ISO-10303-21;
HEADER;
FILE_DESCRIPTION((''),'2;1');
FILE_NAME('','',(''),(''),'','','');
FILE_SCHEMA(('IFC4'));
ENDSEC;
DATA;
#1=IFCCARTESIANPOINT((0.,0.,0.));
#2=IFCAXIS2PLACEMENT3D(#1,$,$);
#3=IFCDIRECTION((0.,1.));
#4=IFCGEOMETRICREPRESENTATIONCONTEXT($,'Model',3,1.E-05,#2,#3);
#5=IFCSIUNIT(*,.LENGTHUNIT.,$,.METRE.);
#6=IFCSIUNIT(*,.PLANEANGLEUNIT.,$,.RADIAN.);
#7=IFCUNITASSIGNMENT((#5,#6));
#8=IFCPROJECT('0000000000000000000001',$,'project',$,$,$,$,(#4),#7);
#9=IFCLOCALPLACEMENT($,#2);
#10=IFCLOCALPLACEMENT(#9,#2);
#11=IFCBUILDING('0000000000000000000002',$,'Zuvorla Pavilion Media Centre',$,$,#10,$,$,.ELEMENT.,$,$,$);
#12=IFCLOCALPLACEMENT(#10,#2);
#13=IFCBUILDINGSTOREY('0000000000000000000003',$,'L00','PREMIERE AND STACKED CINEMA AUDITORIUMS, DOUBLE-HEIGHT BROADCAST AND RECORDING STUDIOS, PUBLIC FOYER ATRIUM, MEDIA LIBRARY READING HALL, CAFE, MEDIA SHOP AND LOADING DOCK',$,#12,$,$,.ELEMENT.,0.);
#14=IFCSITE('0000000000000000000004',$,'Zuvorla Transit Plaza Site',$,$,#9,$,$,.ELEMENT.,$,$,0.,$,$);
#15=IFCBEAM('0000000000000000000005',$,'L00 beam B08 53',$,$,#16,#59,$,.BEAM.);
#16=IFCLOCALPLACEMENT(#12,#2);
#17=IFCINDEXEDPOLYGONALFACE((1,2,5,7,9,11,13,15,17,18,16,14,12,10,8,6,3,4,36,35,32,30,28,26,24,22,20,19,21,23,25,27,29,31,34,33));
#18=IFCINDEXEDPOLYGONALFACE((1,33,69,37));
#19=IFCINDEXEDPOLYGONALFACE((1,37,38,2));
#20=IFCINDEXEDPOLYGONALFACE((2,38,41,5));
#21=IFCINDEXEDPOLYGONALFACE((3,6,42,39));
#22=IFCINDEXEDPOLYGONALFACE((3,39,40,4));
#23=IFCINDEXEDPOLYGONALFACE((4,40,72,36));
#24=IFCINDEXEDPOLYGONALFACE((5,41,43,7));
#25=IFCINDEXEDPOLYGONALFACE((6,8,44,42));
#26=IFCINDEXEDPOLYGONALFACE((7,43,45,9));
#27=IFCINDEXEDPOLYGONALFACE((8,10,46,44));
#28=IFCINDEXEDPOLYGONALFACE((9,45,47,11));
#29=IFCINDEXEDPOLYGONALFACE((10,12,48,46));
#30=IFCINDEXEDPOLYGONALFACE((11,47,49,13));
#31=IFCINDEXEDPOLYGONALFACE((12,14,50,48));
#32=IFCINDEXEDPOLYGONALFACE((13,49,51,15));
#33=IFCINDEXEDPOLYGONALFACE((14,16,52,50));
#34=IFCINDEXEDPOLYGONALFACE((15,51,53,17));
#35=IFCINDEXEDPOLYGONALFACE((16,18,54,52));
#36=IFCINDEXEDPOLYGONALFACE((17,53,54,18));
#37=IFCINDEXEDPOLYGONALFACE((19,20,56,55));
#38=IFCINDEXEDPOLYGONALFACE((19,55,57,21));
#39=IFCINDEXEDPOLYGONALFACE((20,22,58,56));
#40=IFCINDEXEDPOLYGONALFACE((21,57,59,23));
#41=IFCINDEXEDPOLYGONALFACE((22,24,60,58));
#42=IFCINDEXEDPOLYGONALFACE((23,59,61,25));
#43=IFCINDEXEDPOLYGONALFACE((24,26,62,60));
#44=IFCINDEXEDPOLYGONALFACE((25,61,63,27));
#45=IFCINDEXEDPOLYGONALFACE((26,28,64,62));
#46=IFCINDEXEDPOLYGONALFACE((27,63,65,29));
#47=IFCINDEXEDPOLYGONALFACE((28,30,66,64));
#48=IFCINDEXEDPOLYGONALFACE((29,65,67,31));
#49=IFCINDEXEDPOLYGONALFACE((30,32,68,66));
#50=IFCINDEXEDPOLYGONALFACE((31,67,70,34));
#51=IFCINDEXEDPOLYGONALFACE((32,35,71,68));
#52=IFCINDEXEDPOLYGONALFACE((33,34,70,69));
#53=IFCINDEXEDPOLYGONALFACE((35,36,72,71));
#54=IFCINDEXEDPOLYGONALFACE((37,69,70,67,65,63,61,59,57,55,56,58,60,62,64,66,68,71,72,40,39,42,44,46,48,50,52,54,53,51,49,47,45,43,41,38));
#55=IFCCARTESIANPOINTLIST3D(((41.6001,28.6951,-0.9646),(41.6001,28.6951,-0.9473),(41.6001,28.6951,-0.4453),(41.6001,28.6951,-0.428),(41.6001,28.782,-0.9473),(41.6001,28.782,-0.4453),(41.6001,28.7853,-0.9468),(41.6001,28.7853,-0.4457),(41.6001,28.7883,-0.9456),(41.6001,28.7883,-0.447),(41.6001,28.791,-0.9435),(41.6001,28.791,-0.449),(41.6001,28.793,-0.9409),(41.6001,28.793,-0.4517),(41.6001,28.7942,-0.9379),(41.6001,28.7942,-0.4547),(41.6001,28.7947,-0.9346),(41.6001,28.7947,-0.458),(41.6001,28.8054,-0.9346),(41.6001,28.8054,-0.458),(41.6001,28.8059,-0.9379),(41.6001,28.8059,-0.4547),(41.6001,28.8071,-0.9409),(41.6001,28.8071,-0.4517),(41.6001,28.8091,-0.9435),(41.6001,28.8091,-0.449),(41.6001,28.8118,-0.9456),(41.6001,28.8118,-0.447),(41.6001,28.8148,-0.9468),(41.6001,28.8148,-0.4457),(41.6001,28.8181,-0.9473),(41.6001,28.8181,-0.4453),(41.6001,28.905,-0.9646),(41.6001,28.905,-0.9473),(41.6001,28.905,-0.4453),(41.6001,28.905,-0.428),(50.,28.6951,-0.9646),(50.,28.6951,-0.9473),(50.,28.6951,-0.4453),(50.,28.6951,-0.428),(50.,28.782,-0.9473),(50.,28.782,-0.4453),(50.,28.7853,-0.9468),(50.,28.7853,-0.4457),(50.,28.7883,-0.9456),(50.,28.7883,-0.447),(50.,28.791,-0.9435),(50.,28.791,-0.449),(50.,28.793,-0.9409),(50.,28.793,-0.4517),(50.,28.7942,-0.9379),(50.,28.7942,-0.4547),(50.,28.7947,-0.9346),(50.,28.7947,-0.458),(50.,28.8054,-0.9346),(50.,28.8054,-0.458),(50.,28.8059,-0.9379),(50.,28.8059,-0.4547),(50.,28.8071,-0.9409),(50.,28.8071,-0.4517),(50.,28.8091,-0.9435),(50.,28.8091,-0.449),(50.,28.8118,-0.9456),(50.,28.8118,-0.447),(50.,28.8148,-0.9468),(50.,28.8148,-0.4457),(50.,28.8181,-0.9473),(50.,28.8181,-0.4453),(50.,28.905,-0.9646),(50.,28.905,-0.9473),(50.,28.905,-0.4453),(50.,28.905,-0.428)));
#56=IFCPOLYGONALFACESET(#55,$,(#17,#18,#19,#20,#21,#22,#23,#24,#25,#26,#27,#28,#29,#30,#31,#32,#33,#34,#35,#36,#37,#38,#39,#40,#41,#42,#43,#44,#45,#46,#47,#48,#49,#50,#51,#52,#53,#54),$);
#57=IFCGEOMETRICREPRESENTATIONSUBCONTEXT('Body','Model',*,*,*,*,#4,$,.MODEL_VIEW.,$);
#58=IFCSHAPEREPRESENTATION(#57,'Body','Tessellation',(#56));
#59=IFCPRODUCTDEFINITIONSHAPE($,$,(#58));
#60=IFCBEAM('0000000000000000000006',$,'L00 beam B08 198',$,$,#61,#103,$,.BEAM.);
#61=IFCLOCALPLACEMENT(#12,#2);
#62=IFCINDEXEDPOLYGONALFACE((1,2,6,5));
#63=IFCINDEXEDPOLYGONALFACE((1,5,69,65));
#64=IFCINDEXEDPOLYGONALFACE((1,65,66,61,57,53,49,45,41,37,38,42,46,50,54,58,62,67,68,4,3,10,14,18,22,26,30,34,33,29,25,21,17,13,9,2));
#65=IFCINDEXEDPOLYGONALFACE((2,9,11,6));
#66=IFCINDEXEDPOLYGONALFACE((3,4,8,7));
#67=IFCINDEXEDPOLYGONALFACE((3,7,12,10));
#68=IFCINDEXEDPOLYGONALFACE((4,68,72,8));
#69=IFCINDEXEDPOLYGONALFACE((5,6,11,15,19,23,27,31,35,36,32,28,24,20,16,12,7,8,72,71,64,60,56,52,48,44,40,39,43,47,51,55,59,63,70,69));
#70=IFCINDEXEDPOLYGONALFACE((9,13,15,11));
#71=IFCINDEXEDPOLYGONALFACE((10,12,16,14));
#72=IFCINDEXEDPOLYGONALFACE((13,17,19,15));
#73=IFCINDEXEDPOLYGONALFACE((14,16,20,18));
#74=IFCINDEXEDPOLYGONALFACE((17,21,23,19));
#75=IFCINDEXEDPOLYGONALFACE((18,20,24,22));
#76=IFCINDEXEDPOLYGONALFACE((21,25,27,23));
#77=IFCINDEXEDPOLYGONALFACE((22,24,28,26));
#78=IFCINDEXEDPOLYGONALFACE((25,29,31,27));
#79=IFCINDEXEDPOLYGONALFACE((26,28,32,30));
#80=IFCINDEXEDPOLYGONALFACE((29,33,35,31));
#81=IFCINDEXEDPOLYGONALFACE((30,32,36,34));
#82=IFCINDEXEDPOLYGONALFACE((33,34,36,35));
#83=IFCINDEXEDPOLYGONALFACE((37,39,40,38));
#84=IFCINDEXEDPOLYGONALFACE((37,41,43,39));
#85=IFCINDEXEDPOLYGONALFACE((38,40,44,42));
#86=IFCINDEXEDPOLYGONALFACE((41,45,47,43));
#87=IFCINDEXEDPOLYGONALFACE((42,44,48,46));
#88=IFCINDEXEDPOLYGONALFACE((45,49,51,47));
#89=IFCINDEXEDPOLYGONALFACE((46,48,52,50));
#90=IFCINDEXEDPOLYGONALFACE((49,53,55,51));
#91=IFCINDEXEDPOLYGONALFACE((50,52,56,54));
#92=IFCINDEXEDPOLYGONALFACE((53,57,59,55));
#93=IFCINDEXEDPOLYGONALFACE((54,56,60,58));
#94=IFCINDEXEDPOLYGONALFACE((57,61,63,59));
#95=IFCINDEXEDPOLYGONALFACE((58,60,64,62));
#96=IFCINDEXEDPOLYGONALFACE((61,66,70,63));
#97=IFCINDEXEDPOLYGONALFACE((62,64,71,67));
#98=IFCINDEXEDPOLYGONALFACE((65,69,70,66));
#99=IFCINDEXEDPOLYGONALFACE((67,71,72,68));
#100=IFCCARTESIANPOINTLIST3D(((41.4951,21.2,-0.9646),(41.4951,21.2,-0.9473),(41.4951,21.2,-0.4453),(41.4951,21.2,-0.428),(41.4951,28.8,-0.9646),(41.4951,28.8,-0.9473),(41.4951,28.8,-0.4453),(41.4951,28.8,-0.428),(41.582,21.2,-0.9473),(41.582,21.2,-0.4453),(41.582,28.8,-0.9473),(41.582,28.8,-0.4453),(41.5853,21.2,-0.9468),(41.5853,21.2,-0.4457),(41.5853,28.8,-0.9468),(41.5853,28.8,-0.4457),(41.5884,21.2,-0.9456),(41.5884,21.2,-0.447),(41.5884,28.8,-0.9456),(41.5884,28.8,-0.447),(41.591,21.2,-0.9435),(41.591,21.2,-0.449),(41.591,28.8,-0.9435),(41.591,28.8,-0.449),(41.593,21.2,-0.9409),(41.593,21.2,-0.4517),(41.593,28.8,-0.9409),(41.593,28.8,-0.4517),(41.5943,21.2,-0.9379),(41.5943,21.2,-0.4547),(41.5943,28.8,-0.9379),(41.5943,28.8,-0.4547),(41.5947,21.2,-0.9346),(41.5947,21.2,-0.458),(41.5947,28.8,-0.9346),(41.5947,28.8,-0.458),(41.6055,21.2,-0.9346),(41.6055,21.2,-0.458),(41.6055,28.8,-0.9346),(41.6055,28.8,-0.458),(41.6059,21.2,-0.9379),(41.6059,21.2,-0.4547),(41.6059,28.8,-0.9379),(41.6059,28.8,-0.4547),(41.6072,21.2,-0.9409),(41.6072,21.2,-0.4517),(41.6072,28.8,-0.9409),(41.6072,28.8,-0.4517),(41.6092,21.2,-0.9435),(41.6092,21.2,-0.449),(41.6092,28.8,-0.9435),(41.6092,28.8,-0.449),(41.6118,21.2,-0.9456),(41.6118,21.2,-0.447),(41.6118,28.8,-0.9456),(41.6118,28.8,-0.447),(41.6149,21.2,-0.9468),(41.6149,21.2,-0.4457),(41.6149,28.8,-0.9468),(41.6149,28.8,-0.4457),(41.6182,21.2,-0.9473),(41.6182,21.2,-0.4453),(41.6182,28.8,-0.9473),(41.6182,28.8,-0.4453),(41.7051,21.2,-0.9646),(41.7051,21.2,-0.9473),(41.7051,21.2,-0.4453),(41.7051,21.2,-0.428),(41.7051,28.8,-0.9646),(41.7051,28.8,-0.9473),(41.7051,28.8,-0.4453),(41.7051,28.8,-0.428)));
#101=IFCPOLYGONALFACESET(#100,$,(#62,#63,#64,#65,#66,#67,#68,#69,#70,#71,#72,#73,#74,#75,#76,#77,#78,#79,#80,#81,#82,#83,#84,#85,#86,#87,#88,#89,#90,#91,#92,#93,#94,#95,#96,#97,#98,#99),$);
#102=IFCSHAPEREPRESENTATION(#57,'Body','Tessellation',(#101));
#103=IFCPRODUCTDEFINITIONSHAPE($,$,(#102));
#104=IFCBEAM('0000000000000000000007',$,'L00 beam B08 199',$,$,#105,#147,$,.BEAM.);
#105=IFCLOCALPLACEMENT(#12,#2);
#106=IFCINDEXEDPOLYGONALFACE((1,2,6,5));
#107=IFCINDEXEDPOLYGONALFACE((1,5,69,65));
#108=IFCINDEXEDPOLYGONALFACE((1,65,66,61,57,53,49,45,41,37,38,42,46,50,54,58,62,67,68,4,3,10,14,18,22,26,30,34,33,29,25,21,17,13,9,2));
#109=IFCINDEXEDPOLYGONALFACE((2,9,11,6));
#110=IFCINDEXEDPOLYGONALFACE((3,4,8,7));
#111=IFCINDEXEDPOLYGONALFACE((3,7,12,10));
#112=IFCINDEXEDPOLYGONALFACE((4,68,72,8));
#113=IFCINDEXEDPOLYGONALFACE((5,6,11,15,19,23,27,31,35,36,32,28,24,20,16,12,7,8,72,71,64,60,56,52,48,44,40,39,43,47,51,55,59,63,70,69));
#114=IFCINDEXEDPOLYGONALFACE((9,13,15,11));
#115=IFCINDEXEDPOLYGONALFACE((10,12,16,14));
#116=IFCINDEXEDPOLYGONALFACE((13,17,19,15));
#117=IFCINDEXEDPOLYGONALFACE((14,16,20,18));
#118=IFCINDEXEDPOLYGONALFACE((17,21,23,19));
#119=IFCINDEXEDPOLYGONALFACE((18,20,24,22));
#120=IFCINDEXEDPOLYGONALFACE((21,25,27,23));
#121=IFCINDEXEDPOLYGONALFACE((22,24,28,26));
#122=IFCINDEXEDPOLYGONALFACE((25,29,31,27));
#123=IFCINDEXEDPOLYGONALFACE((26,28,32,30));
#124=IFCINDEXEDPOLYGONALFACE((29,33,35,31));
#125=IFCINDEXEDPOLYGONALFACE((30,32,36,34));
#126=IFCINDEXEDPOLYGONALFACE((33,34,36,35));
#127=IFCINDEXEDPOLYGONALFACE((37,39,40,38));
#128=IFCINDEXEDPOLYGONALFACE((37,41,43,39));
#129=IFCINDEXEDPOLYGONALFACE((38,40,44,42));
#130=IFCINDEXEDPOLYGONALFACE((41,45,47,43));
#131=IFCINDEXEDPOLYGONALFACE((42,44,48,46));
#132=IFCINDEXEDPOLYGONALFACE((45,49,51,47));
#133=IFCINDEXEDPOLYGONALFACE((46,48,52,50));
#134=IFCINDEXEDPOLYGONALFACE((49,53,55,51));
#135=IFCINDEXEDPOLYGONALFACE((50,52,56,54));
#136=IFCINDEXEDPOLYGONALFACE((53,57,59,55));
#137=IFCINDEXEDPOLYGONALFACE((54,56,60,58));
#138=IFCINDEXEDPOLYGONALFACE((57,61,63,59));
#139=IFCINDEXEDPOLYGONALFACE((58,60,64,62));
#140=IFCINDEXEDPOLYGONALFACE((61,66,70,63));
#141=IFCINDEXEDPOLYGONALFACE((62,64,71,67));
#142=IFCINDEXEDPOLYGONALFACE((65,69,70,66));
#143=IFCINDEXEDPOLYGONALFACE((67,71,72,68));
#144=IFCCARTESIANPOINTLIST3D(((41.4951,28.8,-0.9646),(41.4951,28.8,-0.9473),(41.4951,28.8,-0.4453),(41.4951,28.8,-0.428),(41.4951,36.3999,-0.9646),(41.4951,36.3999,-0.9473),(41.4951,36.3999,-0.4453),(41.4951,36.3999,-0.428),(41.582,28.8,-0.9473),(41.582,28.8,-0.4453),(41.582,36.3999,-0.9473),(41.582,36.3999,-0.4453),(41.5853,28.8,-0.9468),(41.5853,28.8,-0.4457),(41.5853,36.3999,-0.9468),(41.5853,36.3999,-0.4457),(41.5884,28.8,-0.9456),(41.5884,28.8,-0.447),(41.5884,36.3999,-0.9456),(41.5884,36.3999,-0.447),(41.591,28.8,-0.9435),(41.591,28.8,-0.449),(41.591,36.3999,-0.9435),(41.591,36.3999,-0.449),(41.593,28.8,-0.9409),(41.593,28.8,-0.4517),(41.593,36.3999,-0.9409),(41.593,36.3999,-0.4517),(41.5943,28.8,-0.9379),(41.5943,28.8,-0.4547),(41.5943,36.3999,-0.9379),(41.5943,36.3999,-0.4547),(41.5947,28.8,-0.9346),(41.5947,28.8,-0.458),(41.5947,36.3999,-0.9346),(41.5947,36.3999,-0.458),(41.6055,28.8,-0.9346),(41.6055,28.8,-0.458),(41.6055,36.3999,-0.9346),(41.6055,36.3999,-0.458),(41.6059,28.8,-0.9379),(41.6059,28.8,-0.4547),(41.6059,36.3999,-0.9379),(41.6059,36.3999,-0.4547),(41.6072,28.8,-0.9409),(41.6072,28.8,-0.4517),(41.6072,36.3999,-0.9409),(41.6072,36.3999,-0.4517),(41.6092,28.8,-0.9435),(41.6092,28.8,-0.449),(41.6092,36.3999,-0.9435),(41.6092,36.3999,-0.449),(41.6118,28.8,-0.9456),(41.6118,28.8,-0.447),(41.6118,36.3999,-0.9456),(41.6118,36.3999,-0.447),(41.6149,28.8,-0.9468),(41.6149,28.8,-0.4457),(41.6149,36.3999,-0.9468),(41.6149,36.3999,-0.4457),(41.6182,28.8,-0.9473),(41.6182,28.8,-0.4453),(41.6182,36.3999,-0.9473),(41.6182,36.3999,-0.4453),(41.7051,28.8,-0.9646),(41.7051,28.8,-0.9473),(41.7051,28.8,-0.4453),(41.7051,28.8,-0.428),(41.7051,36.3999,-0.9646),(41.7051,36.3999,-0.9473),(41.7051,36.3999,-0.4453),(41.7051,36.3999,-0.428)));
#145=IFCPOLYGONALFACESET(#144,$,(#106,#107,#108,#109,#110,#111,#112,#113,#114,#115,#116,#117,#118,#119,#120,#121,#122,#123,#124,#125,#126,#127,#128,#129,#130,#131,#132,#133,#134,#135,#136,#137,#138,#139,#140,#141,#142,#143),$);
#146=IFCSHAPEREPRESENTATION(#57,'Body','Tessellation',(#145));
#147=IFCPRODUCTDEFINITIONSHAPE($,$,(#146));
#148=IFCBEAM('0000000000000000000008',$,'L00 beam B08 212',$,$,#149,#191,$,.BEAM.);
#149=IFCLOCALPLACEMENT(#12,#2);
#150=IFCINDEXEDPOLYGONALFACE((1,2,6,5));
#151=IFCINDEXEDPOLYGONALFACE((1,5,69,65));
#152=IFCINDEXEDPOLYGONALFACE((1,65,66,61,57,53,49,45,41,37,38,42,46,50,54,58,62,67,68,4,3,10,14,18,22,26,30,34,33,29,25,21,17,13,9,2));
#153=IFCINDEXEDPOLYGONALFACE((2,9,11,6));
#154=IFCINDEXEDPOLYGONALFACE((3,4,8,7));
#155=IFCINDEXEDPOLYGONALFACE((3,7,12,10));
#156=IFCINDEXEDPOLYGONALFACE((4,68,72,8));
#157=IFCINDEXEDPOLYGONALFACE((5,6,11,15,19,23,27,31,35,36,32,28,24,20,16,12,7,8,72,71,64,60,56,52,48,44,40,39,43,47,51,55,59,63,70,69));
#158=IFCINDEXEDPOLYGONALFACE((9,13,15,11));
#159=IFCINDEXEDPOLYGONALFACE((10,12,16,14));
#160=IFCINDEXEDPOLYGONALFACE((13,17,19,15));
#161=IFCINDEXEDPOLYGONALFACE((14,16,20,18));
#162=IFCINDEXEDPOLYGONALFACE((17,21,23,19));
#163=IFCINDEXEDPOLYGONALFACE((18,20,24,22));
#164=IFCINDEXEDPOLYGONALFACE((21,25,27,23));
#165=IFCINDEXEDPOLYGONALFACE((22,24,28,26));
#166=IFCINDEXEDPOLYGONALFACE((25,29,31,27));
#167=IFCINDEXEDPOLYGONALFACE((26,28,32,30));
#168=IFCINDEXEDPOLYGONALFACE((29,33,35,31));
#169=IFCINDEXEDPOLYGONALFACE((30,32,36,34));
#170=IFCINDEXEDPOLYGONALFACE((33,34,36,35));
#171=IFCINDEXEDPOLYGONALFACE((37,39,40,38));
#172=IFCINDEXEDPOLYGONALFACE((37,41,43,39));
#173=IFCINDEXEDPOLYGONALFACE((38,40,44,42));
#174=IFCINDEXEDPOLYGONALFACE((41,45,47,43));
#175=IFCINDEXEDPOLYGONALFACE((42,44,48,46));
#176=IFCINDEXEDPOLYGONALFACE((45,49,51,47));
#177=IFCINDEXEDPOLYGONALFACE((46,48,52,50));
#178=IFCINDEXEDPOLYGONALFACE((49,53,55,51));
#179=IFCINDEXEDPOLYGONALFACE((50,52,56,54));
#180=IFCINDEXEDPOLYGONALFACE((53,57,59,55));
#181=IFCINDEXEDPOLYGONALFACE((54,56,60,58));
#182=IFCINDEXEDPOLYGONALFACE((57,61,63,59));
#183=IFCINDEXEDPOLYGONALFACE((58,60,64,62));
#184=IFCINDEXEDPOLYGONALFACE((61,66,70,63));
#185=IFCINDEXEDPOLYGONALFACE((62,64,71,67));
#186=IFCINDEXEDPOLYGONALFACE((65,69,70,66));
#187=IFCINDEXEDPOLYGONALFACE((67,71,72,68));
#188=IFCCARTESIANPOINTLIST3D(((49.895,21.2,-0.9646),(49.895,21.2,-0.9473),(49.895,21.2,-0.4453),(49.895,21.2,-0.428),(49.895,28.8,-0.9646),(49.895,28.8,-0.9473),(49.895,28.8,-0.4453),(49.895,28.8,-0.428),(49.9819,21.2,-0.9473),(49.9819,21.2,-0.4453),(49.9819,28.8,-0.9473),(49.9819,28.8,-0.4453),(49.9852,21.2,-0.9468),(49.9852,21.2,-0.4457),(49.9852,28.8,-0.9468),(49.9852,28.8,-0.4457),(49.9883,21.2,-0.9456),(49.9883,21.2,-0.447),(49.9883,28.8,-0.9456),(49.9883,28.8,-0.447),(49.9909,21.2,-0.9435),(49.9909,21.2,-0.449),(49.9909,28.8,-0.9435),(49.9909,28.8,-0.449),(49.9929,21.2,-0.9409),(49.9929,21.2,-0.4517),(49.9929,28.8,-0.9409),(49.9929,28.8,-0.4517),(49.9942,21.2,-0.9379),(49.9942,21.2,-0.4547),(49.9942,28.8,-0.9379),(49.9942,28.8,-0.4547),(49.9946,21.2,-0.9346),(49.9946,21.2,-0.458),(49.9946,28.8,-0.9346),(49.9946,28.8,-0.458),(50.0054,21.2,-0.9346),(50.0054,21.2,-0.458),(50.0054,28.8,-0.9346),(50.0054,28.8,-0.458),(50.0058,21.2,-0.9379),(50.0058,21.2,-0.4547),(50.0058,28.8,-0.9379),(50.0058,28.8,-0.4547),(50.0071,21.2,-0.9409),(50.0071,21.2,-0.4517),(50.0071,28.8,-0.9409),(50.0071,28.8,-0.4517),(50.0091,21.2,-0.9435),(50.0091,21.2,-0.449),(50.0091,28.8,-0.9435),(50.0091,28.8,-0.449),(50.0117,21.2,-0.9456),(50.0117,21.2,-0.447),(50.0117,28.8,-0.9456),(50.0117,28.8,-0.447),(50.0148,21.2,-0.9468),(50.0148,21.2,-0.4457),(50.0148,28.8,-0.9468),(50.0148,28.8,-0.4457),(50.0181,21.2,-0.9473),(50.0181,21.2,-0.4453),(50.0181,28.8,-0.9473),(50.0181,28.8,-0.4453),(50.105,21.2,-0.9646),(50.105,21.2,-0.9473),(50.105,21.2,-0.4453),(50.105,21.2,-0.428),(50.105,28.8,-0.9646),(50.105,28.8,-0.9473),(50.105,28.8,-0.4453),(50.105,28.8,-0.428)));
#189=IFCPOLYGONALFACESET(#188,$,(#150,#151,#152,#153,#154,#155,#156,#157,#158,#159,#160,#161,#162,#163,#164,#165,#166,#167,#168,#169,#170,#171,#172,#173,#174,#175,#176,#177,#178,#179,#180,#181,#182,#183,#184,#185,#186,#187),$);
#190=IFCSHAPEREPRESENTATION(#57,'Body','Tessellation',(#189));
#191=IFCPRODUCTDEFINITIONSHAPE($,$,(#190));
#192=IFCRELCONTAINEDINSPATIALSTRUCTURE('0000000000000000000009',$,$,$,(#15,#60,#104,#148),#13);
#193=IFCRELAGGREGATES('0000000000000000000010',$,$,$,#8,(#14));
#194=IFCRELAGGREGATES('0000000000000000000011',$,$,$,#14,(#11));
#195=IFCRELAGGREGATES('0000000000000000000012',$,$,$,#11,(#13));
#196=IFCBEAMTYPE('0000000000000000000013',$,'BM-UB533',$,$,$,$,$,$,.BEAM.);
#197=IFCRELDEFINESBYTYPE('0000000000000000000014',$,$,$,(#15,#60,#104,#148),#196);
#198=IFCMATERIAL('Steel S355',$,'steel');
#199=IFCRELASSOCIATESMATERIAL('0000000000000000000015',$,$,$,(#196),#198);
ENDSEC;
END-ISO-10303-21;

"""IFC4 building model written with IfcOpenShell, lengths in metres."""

from ifc_helpers import new_model, si_unit, direction, frame, origin, origin_2d, place, context, subcontext, project, spatial, i_section, extrude, material, material_profile, profile_set, type_object, element, save


model = new_model("IFC4")

# Units and contexts
model_context = context("Model", 3, precision=1e-05, world=origin(), true_north=direction((0.0, 1.0)))
body_context = subcontext(model_context, "Body", "Model", "MODEL_VIEW")
ifc_project = project(units=[si_unit("LENGTHUNIT", "METRE"), si_unit("PLANEANGLEUNIT", "RADIAN")], contexts=[model_context])

# Site, building, storey
site_placement = place(None, origin())
site = spatial("IfcSite", under=ifc_project, at=site_placement, Name="Zuvorla Transit Plaza Site", CompositionType="ELEMENT", RefElevation=0.0)
building_placement = place(site_placement, origin())
building = spatial("IfcBuilding", under=site, at=building_placement, Name="Zuvorla Pavilion Media Centre", CompositionType="ELEMENT")
storey_placement = place(building_placement, origin())
storey = spatial("IfcBuildingStorey", under=building, at=storey_placement, Name="L00", Description="PREMIERE AND STACKED CINEMA AUDITORIUMS, DOUBLE-HEIGHT BROADCAST AND RECORDING STUDIOS, PUBLIC FOYER ATRIUM, MEDIA LIBRARY READING HALL, CAFE, MEDIA SHOP AND LOADING DOCK", CompositionType="ELEMENT", Elevation=0.0)

# Beams
ifc_material_1 = material(Name="Steel S355", Category="steel")
ifc_material_profile_1 = material_profile(ifc_material_1, i_section(OverallWidth=0.21, OverallDepth=0.5366, WebThickness=0.0107, FlangeThickness=0.0173, FilletRadius=0.0127, at=origin_2d()), Name="UB 533x210x101")
ifc_profile_set_1 = profile_set([ifc_material_profile_1], Name="Steel S355")
beam_type_1 = type_object("IfcBeamType", Name="BM-UB533", PredefinedType="BEAM", material=ifc_profile_set_1)
for number, where, z_axis, x_axis, name in (
    (1, (41.6001, 28.8, -0.6963), (1.0, 0.0, 0.0), (0.0, 1.0, 0.0), "L00 beam B08 53"),
):
    element("IfcBeam", number, at=place(storey_placement, frame(where, z_axis=z_axis, x_axis=x_axis)), inside=storey, type_object=beam_type_1, Name=name, PredefinedType="BEAM", context=body_context, shape_type="SweptSolid", body=[
        extrude(i_section(OverallWidth=0.21, OverallDepth=0.5366, WebThickness=0.0107, FlangeThickness=0.0173, FilletRadius=0.0127, at=origin_2d()), origin(), (0.0, 0.0, 1.0), 8.3999),
    ])
beam_1_placement = place(storey_placement, frame((41.6001, 21.2, -0.6963), z_axis=(0.0, 1.0, 0.0), x_axis=(-1.0, 0.0, 0.0)))
element("IfcBeam", 2, at=beam_1_placement, inside=storey, type_object=beam_type_1, Name="L00 beam B08 198", PredefinedType="BEAM", context=body_context, shape_type="SweptSolid", body=[
    extrude(i_section(OverallWidth=0.21, OverallDepth=0.5366, WebThickness=0.0107, FlangeThickness=0.0173, FilletRadius=0.0127, at=origin_2d()), origin(), (0.0, 0.0, 1.0), 7.6001),
])
beam_2_placement = place(storey_placement, frame((41.6001, 28.8, -0.6963), z_axis=(0.0, 1.0, 0.0), x_axis=(-1.0, 0.0, 0.0)))
element("IfcBeam", 3, at=beam_2_placement, inside=storey, type_object=beam_type_1, Name="L00 beam B08 199", PredefinedType="BEAM", context=body_context, shape_type="SweptSolid", body=[
    extrude(i_section(OverallWidth=0.21, OverallDepth=0.5366, WebThickness=0.0107, FlangeThickness=0.0173, FilletRadius=0.0127, at=origin_2d()), origin(), (0.0, 0.0, 1.0), 7.5999),
])
beam_3_placement = place(storey_placement, frame((50.0, 21.2, -0.6963), z_axis=(0.0, 1.0, 0.0), x_axis=(-1.0, 0.0, 0.0)))
element("IfcBeam", 4, at=beam_3_placement, inside=storey, type_object=beam_type_1, Name="L00 beam B08 212", PredefinedType="BEAM", context=body_context, shape_type="SweptSolid", body=[
    extrude(i_section(OverallWidth=0.21, OverallDepth=0.5366, WebThickness=0.0107, FlangeThickness=0.0173, FilletRadius=0.0127, at=origin_2d()), origin(), (0.0, 0.0, 1.0), 7.6001),
])

save(model, "model.ifc")
